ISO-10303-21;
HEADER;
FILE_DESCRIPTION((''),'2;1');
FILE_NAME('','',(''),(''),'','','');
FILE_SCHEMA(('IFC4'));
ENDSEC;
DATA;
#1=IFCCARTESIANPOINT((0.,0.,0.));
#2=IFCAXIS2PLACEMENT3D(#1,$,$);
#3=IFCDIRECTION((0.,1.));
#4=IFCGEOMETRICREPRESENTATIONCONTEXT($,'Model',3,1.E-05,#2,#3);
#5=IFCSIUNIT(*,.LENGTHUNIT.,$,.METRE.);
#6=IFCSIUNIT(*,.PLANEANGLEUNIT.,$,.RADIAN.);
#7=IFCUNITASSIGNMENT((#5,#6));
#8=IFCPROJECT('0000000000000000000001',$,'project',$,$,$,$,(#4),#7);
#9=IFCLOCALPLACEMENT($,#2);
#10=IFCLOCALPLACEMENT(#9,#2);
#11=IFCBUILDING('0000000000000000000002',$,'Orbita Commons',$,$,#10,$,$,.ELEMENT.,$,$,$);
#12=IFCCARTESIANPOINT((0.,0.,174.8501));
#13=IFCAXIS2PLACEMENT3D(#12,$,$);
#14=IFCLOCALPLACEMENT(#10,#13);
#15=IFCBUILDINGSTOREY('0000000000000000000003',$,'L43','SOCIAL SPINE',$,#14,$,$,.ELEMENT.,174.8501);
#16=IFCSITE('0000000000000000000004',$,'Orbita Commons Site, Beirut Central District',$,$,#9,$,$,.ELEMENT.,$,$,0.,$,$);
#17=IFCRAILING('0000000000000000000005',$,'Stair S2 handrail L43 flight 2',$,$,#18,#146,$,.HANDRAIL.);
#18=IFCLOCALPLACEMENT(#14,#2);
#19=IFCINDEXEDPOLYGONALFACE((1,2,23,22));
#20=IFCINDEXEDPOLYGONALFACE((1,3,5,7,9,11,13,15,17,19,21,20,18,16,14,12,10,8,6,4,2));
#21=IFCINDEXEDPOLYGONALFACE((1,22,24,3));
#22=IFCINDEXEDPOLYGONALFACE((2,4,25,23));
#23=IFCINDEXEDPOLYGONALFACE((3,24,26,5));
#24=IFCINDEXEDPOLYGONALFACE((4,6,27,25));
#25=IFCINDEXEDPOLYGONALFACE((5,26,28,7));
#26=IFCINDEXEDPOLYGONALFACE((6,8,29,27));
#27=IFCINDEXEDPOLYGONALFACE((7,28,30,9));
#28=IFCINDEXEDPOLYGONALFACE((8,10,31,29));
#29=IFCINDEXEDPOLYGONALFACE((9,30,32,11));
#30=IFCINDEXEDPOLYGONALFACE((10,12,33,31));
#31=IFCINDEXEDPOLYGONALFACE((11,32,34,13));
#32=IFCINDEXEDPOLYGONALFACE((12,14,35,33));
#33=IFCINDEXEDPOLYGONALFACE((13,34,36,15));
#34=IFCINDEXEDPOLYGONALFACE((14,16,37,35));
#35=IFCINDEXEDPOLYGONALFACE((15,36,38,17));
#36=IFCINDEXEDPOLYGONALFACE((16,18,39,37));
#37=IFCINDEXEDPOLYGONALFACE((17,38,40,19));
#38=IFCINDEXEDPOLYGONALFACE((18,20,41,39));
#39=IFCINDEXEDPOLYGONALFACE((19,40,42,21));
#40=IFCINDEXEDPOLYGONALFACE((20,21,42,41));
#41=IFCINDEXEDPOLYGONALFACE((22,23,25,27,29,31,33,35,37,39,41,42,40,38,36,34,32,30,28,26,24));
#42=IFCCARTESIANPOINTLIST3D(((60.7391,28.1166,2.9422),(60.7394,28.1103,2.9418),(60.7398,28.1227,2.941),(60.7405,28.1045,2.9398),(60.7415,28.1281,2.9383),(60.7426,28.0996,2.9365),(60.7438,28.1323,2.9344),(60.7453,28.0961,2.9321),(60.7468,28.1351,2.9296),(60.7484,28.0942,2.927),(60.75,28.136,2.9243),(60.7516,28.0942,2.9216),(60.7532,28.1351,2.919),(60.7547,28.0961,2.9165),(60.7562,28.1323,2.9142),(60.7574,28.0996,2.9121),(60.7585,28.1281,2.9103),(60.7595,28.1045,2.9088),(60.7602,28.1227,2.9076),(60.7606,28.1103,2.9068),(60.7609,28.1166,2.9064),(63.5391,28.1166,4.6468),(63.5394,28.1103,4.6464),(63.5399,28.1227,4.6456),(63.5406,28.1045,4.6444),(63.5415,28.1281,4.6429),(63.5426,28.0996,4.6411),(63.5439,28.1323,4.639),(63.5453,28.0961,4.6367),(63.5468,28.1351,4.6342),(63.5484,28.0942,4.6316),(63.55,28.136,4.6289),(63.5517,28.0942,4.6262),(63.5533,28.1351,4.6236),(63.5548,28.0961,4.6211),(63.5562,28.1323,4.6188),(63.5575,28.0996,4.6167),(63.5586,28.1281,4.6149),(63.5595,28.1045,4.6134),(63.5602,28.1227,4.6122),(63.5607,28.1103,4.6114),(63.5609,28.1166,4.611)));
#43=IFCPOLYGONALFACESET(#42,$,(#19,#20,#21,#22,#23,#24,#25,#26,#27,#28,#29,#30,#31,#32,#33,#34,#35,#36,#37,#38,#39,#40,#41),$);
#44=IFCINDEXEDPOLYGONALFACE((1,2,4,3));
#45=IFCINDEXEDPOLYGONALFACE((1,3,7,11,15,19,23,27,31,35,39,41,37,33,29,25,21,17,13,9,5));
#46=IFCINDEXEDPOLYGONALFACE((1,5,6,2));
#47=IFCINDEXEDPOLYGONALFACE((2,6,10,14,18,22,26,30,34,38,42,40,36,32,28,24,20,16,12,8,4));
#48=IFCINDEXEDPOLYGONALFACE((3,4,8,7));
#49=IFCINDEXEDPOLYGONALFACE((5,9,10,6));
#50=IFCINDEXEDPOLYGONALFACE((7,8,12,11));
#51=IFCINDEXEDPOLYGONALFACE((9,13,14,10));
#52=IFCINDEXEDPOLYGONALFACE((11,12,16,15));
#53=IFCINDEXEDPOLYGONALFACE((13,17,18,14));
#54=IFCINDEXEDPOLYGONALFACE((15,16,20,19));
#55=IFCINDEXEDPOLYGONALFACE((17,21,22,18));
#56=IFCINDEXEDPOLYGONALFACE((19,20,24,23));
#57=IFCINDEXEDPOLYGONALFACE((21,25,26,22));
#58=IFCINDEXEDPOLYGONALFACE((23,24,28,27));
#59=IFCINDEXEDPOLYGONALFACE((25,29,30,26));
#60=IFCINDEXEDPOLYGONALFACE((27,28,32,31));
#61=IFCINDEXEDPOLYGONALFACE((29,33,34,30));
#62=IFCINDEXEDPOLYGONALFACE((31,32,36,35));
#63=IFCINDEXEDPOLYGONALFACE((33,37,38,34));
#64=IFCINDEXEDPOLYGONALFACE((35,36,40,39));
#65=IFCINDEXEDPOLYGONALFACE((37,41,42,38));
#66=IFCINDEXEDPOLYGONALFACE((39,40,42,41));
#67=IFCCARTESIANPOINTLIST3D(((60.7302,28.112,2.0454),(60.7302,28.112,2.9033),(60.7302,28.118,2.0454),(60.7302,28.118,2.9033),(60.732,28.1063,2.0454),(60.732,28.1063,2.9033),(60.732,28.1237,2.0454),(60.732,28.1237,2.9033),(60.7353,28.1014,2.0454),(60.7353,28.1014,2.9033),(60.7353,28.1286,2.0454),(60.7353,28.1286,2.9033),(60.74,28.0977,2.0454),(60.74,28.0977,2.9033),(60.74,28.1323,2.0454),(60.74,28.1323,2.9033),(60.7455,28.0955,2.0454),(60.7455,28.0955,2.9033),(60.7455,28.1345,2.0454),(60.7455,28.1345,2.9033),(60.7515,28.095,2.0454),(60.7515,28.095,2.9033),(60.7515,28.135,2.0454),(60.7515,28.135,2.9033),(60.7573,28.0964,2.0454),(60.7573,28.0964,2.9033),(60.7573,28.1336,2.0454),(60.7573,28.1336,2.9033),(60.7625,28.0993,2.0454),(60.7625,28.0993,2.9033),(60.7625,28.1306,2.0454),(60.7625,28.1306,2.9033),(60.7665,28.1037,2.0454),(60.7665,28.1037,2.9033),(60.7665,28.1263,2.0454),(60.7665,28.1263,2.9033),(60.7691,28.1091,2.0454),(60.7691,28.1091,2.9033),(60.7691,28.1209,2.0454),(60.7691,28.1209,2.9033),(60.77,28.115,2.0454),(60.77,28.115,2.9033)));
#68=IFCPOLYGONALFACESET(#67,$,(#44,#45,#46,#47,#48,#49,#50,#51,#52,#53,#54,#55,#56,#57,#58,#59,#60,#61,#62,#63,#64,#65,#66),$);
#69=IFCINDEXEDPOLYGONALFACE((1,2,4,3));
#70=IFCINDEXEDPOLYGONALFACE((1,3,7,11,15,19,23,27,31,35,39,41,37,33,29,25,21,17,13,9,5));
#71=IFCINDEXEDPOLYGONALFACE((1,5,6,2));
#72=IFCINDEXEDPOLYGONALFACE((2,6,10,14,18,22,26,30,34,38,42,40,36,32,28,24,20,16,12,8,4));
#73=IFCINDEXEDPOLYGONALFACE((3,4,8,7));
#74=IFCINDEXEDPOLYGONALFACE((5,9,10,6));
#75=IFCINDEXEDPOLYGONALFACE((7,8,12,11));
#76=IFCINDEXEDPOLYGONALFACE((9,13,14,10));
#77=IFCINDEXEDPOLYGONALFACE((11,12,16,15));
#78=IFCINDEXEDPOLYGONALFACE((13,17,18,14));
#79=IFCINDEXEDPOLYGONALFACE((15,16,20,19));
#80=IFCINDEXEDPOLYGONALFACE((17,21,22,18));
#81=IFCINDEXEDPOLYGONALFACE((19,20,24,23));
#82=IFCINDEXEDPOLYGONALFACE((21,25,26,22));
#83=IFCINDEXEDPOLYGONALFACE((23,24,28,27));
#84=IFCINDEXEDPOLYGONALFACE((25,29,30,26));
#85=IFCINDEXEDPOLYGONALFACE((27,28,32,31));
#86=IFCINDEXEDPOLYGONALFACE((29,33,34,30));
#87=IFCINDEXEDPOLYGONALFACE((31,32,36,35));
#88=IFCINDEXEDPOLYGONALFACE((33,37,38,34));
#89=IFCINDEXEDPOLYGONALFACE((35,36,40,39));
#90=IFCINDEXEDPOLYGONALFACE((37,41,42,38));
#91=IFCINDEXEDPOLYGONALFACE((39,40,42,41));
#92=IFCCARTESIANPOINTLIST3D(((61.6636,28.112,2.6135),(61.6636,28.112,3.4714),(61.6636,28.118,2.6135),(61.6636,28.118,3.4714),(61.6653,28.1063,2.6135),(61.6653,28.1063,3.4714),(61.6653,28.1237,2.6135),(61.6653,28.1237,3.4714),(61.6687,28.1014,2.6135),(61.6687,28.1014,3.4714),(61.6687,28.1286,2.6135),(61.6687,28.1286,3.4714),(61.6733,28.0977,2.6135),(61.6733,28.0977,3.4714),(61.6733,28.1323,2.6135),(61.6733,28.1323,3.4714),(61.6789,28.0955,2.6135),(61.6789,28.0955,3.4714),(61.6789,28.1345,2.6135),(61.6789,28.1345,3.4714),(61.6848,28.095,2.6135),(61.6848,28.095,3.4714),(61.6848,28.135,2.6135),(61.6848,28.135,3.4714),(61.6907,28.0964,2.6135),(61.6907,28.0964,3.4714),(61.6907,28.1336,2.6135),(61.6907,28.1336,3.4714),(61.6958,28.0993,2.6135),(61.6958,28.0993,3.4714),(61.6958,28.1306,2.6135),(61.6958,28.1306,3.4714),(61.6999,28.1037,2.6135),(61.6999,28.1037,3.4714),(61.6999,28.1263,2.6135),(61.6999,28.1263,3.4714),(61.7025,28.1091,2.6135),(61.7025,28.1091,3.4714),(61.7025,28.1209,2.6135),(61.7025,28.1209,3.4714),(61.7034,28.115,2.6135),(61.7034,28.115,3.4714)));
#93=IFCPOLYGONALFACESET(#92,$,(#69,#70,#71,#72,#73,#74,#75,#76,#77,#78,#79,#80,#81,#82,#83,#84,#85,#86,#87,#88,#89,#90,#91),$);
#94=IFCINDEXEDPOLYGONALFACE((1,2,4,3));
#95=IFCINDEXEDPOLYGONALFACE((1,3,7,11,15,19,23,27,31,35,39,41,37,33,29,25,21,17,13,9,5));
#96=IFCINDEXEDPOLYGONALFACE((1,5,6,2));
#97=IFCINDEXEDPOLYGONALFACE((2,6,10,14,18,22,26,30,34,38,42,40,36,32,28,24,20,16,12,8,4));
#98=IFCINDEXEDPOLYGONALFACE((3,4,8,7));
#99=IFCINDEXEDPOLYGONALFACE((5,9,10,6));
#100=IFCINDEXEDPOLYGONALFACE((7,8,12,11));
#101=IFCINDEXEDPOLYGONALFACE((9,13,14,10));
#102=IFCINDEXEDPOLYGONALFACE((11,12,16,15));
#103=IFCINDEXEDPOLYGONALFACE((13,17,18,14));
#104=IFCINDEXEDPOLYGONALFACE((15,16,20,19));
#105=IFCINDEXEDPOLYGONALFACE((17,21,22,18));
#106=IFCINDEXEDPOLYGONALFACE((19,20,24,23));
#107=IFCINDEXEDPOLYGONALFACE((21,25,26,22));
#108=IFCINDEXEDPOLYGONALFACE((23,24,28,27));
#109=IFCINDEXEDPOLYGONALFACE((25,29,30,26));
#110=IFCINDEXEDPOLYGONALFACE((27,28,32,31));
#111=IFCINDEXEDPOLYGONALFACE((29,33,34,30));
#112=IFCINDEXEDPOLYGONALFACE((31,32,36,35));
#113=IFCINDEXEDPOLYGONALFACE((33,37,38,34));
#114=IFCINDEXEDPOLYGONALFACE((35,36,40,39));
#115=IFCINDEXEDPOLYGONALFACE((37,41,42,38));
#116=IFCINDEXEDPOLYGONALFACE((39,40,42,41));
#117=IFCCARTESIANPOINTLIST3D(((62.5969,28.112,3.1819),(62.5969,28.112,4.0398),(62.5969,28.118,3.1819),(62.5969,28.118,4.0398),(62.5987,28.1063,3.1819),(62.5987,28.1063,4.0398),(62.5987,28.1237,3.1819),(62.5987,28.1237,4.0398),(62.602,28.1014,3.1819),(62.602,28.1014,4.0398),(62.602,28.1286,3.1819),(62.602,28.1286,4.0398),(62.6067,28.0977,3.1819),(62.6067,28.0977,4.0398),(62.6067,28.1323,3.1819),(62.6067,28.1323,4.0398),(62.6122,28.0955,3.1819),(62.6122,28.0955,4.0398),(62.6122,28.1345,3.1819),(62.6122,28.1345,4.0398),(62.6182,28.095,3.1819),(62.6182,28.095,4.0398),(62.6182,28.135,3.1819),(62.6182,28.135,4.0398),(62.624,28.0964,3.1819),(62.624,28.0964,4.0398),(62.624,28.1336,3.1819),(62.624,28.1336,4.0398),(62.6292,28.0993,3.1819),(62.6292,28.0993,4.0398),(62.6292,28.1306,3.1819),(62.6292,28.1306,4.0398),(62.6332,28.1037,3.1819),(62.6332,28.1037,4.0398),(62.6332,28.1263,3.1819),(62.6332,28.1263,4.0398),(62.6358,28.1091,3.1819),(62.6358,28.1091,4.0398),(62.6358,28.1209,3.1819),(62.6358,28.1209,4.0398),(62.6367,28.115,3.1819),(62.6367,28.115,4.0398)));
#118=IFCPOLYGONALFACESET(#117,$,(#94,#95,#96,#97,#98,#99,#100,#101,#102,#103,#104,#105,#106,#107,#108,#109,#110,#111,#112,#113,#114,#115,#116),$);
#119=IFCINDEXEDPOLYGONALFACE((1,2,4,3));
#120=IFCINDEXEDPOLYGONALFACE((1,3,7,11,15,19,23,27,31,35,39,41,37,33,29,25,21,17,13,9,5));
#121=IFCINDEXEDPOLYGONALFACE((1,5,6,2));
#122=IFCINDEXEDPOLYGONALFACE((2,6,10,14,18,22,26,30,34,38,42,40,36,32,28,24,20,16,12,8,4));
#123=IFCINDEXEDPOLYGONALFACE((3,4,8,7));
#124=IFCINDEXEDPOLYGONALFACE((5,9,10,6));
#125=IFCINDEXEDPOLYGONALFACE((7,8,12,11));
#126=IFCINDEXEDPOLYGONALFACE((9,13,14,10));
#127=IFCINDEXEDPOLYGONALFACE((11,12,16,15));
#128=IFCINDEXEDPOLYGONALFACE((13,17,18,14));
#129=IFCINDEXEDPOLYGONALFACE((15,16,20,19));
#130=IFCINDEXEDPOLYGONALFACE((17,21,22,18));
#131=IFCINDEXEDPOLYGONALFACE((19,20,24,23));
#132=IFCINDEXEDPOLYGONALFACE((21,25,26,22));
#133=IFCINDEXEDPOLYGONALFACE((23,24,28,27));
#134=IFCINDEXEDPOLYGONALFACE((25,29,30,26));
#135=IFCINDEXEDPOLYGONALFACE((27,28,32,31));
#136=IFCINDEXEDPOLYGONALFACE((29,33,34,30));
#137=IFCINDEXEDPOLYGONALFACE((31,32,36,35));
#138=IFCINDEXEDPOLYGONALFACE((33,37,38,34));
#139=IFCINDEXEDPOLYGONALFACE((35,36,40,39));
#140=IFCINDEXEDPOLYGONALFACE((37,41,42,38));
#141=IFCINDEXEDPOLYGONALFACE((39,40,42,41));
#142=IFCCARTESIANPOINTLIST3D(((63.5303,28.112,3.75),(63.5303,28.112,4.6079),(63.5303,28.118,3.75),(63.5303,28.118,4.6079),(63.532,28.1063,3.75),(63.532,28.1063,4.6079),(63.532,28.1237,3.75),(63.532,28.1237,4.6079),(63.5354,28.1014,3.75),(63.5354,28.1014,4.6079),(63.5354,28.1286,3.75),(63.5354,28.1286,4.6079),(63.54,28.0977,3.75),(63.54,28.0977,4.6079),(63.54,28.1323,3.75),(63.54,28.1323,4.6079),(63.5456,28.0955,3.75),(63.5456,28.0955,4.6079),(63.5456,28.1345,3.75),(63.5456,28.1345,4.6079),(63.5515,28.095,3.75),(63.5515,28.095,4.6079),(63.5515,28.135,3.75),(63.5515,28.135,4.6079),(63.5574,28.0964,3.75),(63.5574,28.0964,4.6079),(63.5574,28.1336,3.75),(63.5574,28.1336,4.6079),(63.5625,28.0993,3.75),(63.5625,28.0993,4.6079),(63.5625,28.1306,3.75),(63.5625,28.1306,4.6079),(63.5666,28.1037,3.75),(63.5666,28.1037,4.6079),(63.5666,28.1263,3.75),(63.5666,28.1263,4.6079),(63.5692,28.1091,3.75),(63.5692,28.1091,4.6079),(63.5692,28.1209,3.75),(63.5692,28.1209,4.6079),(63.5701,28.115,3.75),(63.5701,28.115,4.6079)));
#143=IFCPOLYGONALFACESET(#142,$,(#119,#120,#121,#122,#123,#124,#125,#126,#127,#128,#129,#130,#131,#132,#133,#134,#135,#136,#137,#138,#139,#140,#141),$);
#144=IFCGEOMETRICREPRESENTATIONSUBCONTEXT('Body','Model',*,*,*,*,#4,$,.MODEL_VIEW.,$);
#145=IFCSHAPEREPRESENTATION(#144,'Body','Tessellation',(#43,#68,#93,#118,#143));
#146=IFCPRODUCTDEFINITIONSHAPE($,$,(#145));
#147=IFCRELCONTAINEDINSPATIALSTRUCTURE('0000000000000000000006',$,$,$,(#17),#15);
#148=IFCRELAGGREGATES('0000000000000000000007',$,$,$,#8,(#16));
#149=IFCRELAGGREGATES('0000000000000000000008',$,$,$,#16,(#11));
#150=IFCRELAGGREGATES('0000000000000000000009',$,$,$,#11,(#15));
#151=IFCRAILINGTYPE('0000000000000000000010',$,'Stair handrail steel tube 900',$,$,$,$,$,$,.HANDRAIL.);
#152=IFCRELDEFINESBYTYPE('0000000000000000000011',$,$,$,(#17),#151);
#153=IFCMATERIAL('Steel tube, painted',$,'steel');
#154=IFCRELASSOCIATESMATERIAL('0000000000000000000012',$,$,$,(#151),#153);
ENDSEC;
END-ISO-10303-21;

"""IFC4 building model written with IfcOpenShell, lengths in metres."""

from ifc_helpers import new_model, si_unit, direction, frame, origin, origin_2d, place, context, subcontext, project, spatial, circle, extrude, material, type_object, element, save


model = new_model("IFC4")

# Units and contexts
model_context = context("Model", 3, precision=1e-05, world=origin(), true_north=direction((0.0, 1.0)))
body_context = subcontext(model_context, "Body", "Model", "MODEL_VIEW")
ifc_project = project(units=[si_unit("LENGTHUNIT", "METRE"), si_unit("PLANEANGLEUNIT", "RADIAN")], contexts=[model_context])

# Site, building, storey
site_placement = place(None, origin())
site = spatial("IfcSite", under=ifc_project, at=site_placement, Name="Orbita Commons Site, Beirut Central District", CompositionType="ELEMENT", RefElevation=0.0)
building_placement = place(site_placement, origin())
building = spatial("IfcBuilding", under=site, at=building_placement, Name="Orbita Commons", CompositionType="ELEMENT")
storey_placement = place(building_placement, frame((0.0, 0.0, 174.8501)))
storey = spatial("IfcBuildingStorey", under=building, at=storey_placement, Name="L43", Description="SOCIAL SPINE", CompositionType="ELEMENT", Elevation=174.8501)

# Railing
ifc_material_1 = material(Name="Steel tube, painted", Category="steel")
railing_type = type_object("IfcRailingType", Name="Stair handrail steel tube 900", PredefinedType="HANDRAIL", material=ifc_material_1)
for number, where, name in (
    (1, (60.75, 28.115, 2.0454), "Stair S2 handrail L43 flight 2"),
):
    element("IfcRailing", number, at=place(storey_placement, frame(where)), inside=storey, type_object=railing_type, Name=name, PredefinedType="HANDRAIL", context=body_context, shape_type="SweptSolid", body=[
        extrude(circle(Radius=0.021, at=origin_2d()), frame((0.0, 0.0, 0.8789), z_axis=(0.85417, 0.0, 0.519994), x_axis=(0.0, 1.0, 0.0)), (0.0, 0.0, 1.0), 3.2781),
        extrude(circle(Radius=0.02, at=origin_2d()), origin(), (0.0, 0.0, 1.0), 0.8579),
        extrude(circle(Radius=0.02, at=origin_2d()), frame((0.9333, 0.0, 0.5681)), (0.0, 0.0, 1.0), 0.8579),
        extrude(circle(Radius=0.02, at=origin_2d()), frame((1.8667, 0.0, 1.1365)), (0.0, 0.0, 1.0), 0.8579),
        extrude(circle(Radius=0.02, at=origin_2d()), frame((2.8, 0.0, 1.7046)), (0.0, 0.0, 1.0), 0.8579),
    ])

save(model, "model.ifc")
